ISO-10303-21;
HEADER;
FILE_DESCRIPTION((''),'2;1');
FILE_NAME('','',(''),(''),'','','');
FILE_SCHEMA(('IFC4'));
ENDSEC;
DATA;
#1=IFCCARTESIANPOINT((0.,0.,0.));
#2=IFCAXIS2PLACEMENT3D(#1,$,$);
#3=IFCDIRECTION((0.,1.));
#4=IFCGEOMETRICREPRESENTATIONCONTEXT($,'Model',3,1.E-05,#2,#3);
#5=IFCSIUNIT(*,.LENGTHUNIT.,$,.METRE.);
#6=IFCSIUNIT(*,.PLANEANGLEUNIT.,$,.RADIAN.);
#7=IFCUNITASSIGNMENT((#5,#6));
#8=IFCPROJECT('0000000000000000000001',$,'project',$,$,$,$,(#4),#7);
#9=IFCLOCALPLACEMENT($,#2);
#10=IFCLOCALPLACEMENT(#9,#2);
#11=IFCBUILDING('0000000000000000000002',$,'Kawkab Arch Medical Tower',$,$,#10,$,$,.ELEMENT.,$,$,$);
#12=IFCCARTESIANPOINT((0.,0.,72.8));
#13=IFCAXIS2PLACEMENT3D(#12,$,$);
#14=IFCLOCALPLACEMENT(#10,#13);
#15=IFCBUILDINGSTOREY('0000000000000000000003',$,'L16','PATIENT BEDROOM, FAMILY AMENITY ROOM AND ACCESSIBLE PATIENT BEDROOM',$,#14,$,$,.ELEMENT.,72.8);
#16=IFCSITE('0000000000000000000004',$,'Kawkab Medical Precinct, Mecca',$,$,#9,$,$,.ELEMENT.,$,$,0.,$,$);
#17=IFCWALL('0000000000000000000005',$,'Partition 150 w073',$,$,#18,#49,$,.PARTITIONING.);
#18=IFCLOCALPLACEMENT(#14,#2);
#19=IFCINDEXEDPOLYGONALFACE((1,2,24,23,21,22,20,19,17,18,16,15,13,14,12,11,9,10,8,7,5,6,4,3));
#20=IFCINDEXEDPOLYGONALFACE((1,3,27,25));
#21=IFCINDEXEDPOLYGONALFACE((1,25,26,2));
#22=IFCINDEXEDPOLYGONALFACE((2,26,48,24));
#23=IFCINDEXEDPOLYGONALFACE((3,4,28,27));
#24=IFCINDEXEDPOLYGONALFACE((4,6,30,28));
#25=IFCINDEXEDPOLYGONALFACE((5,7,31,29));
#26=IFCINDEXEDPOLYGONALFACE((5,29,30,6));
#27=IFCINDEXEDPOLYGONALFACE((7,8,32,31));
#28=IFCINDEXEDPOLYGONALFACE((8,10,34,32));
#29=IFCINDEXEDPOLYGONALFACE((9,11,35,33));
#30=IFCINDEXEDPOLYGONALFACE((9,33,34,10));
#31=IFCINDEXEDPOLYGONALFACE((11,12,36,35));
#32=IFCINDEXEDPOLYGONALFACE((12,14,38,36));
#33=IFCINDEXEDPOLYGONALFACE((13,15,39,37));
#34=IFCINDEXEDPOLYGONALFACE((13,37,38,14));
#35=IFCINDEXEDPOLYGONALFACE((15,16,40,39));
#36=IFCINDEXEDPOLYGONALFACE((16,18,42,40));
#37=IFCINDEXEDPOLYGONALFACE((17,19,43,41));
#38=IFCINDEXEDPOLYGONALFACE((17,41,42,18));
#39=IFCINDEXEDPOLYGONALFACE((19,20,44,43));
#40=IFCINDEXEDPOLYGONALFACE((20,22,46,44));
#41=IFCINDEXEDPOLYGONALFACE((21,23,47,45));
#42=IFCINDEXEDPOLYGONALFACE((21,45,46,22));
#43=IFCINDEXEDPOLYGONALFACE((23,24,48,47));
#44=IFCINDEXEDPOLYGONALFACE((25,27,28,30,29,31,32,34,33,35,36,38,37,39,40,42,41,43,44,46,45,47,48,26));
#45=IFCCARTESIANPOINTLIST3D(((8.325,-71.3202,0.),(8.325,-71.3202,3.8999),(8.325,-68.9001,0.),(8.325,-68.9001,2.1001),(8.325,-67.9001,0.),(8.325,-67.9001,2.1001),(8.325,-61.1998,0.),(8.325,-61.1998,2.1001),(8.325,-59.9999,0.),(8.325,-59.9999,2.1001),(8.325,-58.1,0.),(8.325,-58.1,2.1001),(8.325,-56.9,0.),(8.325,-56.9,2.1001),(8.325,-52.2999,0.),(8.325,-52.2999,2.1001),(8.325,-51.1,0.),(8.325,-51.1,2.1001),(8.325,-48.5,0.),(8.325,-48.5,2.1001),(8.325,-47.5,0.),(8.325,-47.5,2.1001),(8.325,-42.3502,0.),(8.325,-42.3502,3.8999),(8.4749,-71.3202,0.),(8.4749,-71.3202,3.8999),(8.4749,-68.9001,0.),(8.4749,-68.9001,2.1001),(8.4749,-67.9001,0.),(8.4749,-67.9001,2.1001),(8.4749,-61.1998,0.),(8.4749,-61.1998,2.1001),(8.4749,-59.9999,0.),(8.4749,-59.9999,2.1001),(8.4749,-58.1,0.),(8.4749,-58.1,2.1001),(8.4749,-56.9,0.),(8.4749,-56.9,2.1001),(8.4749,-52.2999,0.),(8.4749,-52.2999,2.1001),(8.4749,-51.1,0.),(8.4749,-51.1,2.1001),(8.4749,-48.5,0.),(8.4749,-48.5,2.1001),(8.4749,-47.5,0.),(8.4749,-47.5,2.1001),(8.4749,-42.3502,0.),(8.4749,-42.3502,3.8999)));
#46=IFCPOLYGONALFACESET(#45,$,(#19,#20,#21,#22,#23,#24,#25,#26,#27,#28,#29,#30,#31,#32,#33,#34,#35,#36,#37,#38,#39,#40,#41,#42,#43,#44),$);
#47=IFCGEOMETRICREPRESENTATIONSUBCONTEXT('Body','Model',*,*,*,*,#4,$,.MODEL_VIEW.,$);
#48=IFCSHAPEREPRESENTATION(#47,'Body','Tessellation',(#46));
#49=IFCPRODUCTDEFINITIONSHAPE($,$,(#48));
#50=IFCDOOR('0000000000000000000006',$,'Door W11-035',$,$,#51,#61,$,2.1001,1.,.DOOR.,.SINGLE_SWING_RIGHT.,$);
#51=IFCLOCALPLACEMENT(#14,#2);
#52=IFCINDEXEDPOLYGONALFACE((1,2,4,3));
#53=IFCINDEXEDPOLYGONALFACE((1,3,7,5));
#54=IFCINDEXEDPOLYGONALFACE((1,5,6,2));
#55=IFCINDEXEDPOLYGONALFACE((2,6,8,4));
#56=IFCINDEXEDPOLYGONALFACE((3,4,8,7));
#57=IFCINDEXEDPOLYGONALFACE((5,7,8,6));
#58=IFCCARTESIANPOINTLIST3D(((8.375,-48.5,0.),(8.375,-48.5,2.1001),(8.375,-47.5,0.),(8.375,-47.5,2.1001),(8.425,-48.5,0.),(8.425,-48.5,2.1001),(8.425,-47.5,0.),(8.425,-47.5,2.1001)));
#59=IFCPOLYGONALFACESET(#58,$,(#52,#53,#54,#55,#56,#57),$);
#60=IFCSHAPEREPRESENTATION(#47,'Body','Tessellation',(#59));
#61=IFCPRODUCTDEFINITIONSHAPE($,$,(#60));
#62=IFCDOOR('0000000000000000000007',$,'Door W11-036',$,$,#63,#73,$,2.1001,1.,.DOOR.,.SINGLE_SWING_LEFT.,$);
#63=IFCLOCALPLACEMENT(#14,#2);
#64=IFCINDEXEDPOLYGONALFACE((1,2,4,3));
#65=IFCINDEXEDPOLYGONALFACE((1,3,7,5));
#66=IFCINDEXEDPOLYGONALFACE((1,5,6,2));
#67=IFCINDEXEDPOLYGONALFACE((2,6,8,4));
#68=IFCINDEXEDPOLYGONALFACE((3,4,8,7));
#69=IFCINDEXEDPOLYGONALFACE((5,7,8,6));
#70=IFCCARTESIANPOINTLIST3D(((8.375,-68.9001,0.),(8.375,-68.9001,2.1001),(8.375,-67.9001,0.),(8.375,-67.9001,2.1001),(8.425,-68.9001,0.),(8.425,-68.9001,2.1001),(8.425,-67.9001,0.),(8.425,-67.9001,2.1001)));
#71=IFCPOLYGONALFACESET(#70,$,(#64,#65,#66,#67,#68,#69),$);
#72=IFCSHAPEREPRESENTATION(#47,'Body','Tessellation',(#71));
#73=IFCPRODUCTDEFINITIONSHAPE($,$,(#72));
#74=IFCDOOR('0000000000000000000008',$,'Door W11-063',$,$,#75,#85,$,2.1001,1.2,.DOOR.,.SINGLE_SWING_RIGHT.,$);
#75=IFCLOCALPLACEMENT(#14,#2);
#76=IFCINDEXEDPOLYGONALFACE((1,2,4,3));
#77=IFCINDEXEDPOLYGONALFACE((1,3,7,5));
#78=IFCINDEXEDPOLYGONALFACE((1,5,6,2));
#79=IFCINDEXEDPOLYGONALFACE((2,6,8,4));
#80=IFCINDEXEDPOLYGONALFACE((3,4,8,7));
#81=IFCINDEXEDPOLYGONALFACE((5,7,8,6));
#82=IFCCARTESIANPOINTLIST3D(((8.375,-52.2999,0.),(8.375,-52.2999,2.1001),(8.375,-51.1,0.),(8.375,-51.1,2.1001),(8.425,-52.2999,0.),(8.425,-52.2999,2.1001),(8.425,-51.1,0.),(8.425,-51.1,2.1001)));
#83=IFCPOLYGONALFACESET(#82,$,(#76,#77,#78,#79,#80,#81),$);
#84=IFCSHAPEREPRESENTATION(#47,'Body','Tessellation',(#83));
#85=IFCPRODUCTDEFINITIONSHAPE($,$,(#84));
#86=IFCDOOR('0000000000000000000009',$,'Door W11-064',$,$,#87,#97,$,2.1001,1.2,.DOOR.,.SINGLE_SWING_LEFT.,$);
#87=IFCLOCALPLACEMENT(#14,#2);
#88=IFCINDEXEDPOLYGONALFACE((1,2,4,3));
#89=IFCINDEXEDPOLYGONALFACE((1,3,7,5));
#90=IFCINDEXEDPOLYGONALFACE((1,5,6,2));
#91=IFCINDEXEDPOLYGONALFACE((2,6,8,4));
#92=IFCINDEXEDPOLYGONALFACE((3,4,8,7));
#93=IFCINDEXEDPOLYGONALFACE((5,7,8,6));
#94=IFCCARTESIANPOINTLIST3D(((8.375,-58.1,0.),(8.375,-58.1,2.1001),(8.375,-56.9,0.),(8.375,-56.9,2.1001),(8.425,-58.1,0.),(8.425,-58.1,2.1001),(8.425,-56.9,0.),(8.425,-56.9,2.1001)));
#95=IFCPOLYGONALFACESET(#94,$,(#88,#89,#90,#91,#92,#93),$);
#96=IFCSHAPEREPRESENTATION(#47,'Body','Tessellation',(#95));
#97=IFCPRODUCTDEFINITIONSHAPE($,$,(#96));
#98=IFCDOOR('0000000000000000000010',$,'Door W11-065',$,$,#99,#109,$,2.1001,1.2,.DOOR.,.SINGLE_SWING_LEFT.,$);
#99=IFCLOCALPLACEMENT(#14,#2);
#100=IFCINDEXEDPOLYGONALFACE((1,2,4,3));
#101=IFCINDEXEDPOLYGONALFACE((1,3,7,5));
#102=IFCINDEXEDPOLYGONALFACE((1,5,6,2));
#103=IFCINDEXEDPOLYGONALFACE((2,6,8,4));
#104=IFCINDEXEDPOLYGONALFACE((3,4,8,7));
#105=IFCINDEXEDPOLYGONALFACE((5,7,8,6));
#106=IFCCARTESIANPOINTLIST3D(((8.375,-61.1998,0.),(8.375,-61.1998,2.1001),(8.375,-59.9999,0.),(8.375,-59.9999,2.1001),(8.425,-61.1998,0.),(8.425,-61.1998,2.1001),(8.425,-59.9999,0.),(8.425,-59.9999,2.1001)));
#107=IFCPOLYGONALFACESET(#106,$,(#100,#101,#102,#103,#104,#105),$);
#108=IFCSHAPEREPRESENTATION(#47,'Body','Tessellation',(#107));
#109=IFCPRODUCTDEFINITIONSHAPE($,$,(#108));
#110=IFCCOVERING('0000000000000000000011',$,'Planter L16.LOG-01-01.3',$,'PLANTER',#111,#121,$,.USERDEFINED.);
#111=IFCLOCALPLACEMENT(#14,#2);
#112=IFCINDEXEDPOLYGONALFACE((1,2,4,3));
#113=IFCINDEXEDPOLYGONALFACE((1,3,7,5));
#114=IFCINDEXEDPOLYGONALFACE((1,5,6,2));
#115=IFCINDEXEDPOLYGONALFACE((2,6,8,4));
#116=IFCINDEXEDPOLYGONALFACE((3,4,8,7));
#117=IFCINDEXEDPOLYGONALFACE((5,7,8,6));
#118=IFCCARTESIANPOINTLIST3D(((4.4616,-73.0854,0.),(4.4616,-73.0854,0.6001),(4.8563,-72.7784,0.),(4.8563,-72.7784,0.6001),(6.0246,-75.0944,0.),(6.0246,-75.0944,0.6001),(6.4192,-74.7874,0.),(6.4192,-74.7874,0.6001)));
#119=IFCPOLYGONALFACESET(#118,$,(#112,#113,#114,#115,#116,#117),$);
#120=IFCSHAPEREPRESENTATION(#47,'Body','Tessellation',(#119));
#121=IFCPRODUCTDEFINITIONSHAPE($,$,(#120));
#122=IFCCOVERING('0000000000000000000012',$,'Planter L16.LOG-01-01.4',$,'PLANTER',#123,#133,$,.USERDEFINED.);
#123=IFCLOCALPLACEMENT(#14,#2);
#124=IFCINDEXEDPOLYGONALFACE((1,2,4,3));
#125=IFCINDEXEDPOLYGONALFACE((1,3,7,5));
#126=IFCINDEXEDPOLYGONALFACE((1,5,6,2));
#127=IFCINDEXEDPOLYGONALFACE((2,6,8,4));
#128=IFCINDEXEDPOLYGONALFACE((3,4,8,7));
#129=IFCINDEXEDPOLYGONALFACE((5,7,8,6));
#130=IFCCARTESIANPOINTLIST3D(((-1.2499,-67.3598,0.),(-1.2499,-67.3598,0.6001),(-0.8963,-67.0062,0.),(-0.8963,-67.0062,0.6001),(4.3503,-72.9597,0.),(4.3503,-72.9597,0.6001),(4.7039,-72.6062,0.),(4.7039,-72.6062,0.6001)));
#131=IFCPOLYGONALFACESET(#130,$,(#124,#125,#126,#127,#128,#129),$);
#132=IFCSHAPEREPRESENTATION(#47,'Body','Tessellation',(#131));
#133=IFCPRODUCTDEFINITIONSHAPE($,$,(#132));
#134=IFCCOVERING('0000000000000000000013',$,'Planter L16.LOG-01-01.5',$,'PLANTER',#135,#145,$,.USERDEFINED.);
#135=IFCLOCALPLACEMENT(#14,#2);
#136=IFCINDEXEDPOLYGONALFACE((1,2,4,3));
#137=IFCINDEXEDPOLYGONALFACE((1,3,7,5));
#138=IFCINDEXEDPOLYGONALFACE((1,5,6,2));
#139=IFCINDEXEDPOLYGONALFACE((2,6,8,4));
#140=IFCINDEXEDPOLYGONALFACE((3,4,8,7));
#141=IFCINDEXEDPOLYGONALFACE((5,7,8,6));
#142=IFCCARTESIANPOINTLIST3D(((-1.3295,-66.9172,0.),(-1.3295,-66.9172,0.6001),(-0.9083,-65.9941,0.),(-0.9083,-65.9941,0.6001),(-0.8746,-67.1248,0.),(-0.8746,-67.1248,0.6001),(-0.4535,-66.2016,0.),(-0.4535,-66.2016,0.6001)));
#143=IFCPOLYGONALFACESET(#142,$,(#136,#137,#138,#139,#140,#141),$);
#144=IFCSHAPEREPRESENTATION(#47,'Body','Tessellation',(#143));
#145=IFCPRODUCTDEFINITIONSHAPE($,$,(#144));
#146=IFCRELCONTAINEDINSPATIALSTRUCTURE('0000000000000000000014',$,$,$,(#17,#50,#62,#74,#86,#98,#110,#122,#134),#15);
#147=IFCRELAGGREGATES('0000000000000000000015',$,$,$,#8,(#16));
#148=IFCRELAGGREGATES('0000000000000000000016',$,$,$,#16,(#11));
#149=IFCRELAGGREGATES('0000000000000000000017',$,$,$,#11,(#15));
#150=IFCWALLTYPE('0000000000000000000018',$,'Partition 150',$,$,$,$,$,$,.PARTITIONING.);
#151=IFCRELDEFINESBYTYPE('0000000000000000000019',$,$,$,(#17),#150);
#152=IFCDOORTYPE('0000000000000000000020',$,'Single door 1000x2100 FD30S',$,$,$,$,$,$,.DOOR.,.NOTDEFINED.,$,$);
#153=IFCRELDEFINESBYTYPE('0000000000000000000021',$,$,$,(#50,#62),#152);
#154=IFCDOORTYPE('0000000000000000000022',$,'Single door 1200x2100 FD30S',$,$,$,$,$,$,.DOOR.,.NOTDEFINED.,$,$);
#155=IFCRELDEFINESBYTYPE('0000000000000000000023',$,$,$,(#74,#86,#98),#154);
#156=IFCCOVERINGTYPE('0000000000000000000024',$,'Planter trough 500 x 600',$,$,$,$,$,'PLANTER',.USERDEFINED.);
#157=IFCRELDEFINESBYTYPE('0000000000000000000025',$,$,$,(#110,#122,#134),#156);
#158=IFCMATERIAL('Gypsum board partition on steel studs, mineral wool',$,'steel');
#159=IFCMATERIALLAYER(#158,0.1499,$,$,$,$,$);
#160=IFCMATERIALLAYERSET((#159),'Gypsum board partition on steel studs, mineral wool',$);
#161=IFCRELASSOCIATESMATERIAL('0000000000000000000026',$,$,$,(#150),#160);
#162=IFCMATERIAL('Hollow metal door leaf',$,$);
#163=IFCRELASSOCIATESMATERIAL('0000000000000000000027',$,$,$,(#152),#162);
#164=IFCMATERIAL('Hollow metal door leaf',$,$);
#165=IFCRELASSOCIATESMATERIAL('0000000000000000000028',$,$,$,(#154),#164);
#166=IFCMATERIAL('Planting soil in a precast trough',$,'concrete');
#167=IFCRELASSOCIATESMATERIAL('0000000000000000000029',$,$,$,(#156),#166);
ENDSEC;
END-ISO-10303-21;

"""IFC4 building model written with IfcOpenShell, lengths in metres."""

from ifc_helpers import new_model, si_unit, direction, frame, frame_2d, origin, origin_2d, place, context, subcontext, project, spatial, rectangle, extrude, material, layer, layer_set, material_profile, profile_set, type_object, element, fill, save


model = new_model("IFC4")

# Units and contexts
model_context = context("Model", 3, precision=1e-05, world=origin(), true_north=direction((0.0, 1.0)))
body_context = subcontext(model_context, "Body", "Model", "MODEL_VIEW")
ifc_project = project(units=[si_unit("LENGTHUNIT", "METRE"), si_unit("PLANEANGLEUNIT", "RADIAN")], contexts=[model_context])

# Site, building, storey
site_placement = place(None, origin())
site = spatial("IfcSite", under=ifc_project, at=site_placement, Name="Kawkab Medical Precinct, Mecca", CompositionType="ELEMENT", RefElevation=0.0)
building_placement = place(site_placement, origin())
building = spatial("IfcBuilding", under=site, at=building_placement, Name="Kawkab Arch Medical Tower", CompositionType="ELEMENT")
storey_placement = place(building_placement, frame((0.0, 0.0, 72.8)))
storey = spatial("IfcBuildingStorey", under=building, at=storey_placement, Name="L16", Description="PATIENT BEDROOM, FAMILY AMENITY ROOM AND ACCESSIBLE PATIENT BEDROOM", CompositionType="ELEMENT", Elevation=72.8)

# Wall, openings, doors
ifc_material_1 = material(Name="Gypsum board partition on steel studs, mineral wool", Category="steel")
ifc_layer_1 = layer(ifc_material_1, 0.1499)
ifc_layer_set_1 = layer_set([ifc_layer_1], Name="Gypsum board partition on steel studs, mineral wool")
wall_type_1 = type_object("IfcWallType", Name="Partition 150", PredefinedType="PARTITIONING", material=ifc_layer_set_1)
wall_1_placement = place(storey_placement, frame((8.3999, -71.3201, 0.0), z_axis=(0.0, 0.0, 1.0), x_axis=(0.0, 1.0, 0.0)))
wall_1 = element("IfcWall", 1, at=wall_1_placement, inside=storey, type_object=wall_type_1, Name="Partition 150 w073", PredefinedType="PARTITIONING", context=body_context, shape_type="SweptSolid", body=[
    extrude(rectangle(XDim=28.97, YDim=0.1499, at=frame_2d((14.4849, 0.0))), origin(), (0.0, 0.0, 1.0), 3.8999),
])
opening_1_placement = place(wall_1_placement, frame((22.8201, 0.0, 0.0)))
opening_1 = element("IfcOpeningElement", 2, at=opening_1_placement, cuts=wall_1, PredefinedType="OPENING", context=body_context, shape_type="SweptSolid", body=[
    extrude(rectangle(XDim=1.0, YDim=2.1001, at=frame_2d((0.5, 1.05))), frame((0.0, 0.085, 0.0), z_axis=(0.0, -1.0, 0.0), x_axis=(1.0, 0.0, 0.0)), (0.0, 0.0, 1.0), 0.1699),
])
opening_2_placement = place(wall_1_placement, frame((19.02, 0.0, 0.0)))
opening_2 = element("IfcOpeningElement", 3, at=opening_2_placement, cuts=wall_1, PredefinedType="OPENING", context=body_context, shape_type="SweptSolid", body=[
    extrude(rectangle(XDim=1.2, YDim=2.1001, at=frame_2d((0.6001, 1.05))), frame((0.0, 0.085, 0.0), z_axis=(0.0, -1.0, 0.0), x_axis=(1.0, 0.0, 0.0)), (0.0, 0.0, 1.0), 0.1699),
])
opening_3_placement = place(wall_1_placement, frame((13.22, 0.0, 0.0)))
opening_3 = element("IfcOpeningElement", 4, at=opening_3_placement, cuts=wall_1, PredefinedType="OPENING", context=body_context, shape_type="SweptSolid", body=[
    extrude(rectangle(XDim=1.2, YDim=2.1001, at=frame_2d((0.6001, 1.05))), frame((0.0, 0.085, 0.0), z_axis=(0.0, -1.0, 0.0), x_axis=(1.0, 0.0, 0.0)), (0.0, 0.0, 1.0), 0.1699),
])
opening_4_placement = place(wall_1_placement, frame((10.1201, 0.0, 0.0)))
opening_4 = element("IfcOpeningElement", 5, at=opening_4_placement, cuts=wall_1, PredefinedType="OPENING", context=body_context, shape_type="SweptSolid", body=[
    extrude(rectangle(XDim=1.2, YDim=2.1001, at=frame_2d((0.6001, 1.05))), frame((0.0, 0.085, 0.0), z_axis=(0.0, -1.0, 0.0), x_axis=(1.0, 0.0, 0.0)), (0.0, 0.0, 1.0), 0.1699),
])
opening_5_placement = place(wall_1_placement, frame((2.4199, 0.0, 0.0)))
opening_5 = element("IfcOpeningElement", 6, at=opening_5_placement, cuts=wall_1, PredefinedType="OPENING", context=body_context, shape_type="SweptSolid", body=[
    extrude(rectangle(XDim=1.0, YDim=2.1001, at=frame_2d((0.5, 1.05))), frame((0.0, 0.085, 0.0), z_axis=(0.0, -1.0, 0.0), x_axis=(1.0, 0.0, 0.0)), (0.0, 0.0, 1.0), 0.1699),
])
ifc_material_2 = material(Name="Hollow metal door leaf")
door_type_1 = type_object("IfcDoorType", Name="Single door 1000x2100 FD30S", OperationType="NOTDEFINED", PredefinedType="DOOR", material=ifc_material_2)
door_1_placement = place(opening_1_placement, origin())
door_1 = element("IfcDoor", 7, at=door_1_placement, inside=storey, type_object=door_type_1, Name="Door W11-035", OperationType="SINGLE_SWING_RIGHT", OverallHeight=2.1001, OverallWidth=1.0, PredefinedType="DOOR", context=body_context, shape_type="SweptSolid", body=[
    extrude(rectangle(XDim=1.0, YDim=2.1001, at=frame_2d((0.5, 1.05))), frame((0.0, 0.0249, 0.0), z_axis=(0.0, -1.0, 0.0), x_axis=(1.0, 0.0, 0.0)), (0.0, 0.0, 1.0), 0.05),
])
fill(opening_1, door_1)
door_2_placement = place(opening_5_placement, origin())
door_2 = element("IfcDoor", 8, at=door_2_placement, inside=storey, type_object=door_type_1, Name="Door W11-036", OperationType="SINGLE_SWING_LEFT", OverallHeight=2.1001, OverallWidth=1.0, PredefinedType="DOOR", context=body_context, shape_type="SweptSolid", body=[
    extrude(rectangle(XDim=1.0, YDim=2.1001, at=frame_2d((0.5, 1.05))), frame((0.0, 0.0249, 0.0), z_axis=(0.0, -1.0, 0.0), x_axis=(1.0, 0.0, 0.0)), (0.0, 0.0, 1.0), 0.05),
])
fill(opening_5, door_2)
ifc_material_3 = material(Name="Hollow metal door leaf")
door_type_2 = type_object("IfcDoorType", Name="Single door 1200x2100 FD30S", OperationType="NOTDEFINED", PredefinedType="DOOR", material=ifc_material_3)
door_3_placement = place(opening_2_placement, origin())
door_3 = element("IfcDoor", 9, at=door_3_placement, inside=storey, type_object=door_type_2, Name="Door W11-063", OperationType="SINGLE_SWING_RIGHT", OverallHeight=2.1001, OverallWidth=1.2, PredefinedType="DOOR", context=body_context, shape_type="SweptSolid", body=[
    extrude(rectangle(XDim=1.2, YDim=2.1001, at=frame_2d((0.6001, 1.05))), frame((0.0, 0.0249, 0.0), z_axis=(0.0, -1.0, 0.0), x_axis=(1.0, 0.0, 0.0)), (0.0, 0.0, 1.0), 0.05),
])
fill(opening_2, door_3)
door_4_placement = place(opening_3_placement, origin())
door_4 = element("IfcDoor", 10, at=door_4_placement, inside=storey, type_object=door_type_2, Name="Door W11-064", OperationType="SINGLE_SWING_LEFT", OverallHeight=2.1001, OverallWidth=1.2, PredefinedType="DOOR", context=body_context, shape_type="SweptSolid", body=[
    extrude(rectangle(XDim=1.2, YDim=2.1001, at=frame_2d((0.6001, 1.05))), frame((0.0, 0.0249, 0.0), z_axis=(0.0, -1.0, 0.0), x_axis=(1.0, 0.0, 0.0)), (0.0, 0.0, 1.0), 0.05),
])
fill(opening_3, door_4)
door_5_placement = place(opening_4_placement, origin())
door_5 = element("IfcDoor", 11, at=door_5_placement, inside=storey, type_object=door_type_2, Name="Door W11-065", OperationType="SINGLE_SWING_LEFT", OverallHeight=2.1001, OverallWidth=1.2, PredefinedType="DOOR", context=body_context, shape_type="SweptSolid", body=[
    extrude(rectangle(XDim=1.2, YDim=2.1001, at=frame_2d((0.6001, 1.05))), frame((0.0, 0.0249, 0.0), z_axis=(0.0, -1.0, 0.0), x_axis=(1.0, 0.0, 0.0)), (0.0, 0.0, 1.0), 0.05),
])
fill(opening_4, door_5)

# Coverings
ifc_material_4 = material(Name="Planting soil in a precast trough", Category="concrete")
ifc_material_profile_1 = material_profile(ifc_material_4, rectangle(XDim=0.5, YDim=0.6001, at=origin_2d()), Name="Trough 500x600")
ifc_profile_set_1 = profile_set([ifc_material_profile_1], Name="Planting soil in a precast trough")
covering_type = type_object("IfcCoveringType", Name="Planter trough 500 x 600", ElementType="PLANTER", PredefinedType="USERDEFINED", material=ifc_profile_set_1)
covering_1_placement = place(storey_placement, frame((6.2219, -74.9409, 0.3), z_axis=(-0.61404, 0.789275, 0.0), x_axis=(-0.789275, -0.61404, 0.0)))
element("IfcCovering", 12, at=covering_1_placement, inside=storey, type_object=covering_type, Name="Planter L16.LOG-01-01.3", ObjectType="PLANTER", PredefinedType="USERDEFINED", context=body_context, shape_type="SweptSolid", body=[
    extrude(rectangle(XDim=0.5, YDim=0.6001, at=origin_2d()), origin(), (0.0, 0.0, 1.0), 2.5454),
])
covering_2_placement = place(storey_placement, frame((4.5271, -72.783, 0.3), z_axis=(-0.707122, 0.707091, 0.0), x_axis=(-0.707091, -0.707122, 0.0)))
element("IfcCovering", 13, at=covering_2_placement, inside=storey, type_object=covering_type, Name="Planter L16.LOG-01-01.4", ObjectType="PLANTER", PredefinedType="USERDEFINED", context=body_context, shape_type="SweptSolid", body=[
    extrude(rectangle(XDim=0.5, YDim=0.6001, at=origin_2d()), origin(), (0.0, 0.0, 1.0), 7.9197),
])
covering_3_placement = place(storey_placement, frame((-1.1021, -67.021, 0.3), z_axis=(0.415072, 0.909789, 0.0), x_axis=(-0.909789, 0.415072, 0.0)))
element("IfcCovering", 14, at=covering_3_placement, inside=storey, type_object=covering_type, Name="Planter L16.LOG-01-01.5", ObjectType="PLANTER", PredefinedType="USERDEFINED", context=body_context, shape_type="SweptSolid", body=[
    extrude(rectangle(XDim=0.5, YDim=0.6001, at=origin_2d()), origin(), (0.0, 0.0, 1.0), 1.0146),
])

save(model, "model.ifc")
